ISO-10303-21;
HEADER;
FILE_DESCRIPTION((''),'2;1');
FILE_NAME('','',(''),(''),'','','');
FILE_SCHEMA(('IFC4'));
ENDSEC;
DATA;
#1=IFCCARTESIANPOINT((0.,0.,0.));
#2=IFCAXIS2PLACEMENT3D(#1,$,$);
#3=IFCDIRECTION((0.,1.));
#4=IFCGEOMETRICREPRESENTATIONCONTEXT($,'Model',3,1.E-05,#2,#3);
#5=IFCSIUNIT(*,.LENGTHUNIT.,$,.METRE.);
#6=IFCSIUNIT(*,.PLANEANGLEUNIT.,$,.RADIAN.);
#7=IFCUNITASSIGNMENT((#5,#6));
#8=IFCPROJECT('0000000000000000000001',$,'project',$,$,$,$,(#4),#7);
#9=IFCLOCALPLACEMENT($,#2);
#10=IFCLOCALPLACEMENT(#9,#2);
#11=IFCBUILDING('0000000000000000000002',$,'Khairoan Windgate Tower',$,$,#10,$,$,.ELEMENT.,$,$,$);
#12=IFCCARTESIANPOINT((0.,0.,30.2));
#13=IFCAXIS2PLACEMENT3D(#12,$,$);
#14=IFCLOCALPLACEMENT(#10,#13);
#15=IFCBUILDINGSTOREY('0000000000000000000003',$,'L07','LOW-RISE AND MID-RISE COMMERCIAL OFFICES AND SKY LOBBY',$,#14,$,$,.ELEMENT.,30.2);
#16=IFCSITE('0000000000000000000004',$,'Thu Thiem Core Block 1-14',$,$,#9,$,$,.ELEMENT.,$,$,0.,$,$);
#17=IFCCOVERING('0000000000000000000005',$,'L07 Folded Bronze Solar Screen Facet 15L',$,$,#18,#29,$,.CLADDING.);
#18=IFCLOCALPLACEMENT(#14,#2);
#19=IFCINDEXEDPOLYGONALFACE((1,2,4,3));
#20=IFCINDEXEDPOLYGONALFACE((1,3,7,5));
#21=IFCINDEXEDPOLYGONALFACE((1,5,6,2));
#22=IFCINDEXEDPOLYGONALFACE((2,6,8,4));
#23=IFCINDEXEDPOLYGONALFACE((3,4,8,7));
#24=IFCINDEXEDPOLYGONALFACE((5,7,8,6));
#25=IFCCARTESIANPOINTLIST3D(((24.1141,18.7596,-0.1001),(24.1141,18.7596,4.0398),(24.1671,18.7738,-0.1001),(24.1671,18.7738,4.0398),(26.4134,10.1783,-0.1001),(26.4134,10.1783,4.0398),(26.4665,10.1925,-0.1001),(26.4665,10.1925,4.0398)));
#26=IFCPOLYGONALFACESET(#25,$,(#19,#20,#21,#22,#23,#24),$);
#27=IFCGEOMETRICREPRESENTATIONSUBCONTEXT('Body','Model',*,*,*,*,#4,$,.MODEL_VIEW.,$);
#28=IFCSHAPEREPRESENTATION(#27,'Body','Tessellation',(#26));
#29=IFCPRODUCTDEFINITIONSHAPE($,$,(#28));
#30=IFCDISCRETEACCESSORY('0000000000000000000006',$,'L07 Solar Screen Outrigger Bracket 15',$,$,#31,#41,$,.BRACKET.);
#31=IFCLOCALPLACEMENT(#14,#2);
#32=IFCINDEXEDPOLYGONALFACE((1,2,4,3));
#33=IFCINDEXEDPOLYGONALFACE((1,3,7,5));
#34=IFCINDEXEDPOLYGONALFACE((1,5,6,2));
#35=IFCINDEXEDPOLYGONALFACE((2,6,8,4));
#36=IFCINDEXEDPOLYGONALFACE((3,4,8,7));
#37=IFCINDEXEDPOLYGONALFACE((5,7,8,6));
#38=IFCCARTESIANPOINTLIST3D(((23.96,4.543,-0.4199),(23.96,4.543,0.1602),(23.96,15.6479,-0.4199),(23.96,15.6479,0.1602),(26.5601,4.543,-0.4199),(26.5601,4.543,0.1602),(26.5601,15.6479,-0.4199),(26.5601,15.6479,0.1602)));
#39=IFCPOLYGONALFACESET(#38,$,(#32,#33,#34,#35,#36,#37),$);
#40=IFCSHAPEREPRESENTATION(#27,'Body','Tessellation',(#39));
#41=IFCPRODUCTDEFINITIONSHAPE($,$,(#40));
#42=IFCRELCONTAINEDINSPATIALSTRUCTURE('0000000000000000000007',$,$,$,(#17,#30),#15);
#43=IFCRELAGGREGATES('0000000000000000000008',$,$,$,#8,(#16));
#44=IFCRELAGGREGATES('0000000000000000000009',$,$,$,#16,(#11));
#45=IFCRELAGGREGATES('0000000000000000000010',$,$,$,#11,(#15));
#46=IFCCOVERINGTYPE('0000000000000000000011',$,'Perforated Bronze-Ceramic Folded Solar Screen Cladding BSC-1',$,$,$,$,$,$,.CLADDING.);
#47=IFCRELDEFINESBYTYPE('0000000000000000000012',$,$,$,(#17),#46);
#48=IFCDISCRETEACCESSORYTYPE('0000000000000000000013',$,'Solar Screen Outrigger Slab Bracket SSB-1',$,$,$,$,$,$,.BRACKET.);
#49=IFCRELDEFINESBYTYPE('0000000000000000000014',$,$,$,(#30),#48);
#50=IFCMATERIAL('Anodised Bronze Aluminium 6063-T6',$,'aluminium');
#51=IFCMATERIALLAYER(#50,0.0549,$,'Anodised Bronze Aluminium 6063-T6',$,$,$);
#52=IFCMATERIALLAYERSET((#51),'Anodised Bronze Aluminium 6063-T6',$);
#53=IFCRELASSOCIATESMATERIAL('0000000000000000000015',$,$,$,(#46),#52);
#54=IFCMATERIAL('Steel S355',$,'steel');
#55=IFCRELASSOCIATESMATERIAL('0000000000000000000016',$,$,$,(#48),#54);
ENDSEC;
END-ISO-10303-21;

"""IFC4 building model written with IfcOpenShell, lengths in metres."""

from ifc_helpers import new_model, si_unit, direction, frame, origin, origin_2d, place, context, subcontext, project, spatial, rectangle, extrude, material, layer, layer_set, type_object, element, save


model = new_model("IFC4")

# Units and contexts
model_context = context("Model", 3, precision=1e-05, world=origin(), true_north=direction((0.0, 1.0)))
body_context = subcontext(model_context, "Body", "Model", "MODEL_VIEW")
ifc_project = project(units=[si_unit("LENGTHUNIT", "METRE"), si_unit("PLANEANGLEUNIT", "RADIAN")], contexts=[model_context])

# Site, building, storey
site_placement = place(None, origin())
site = spatial("IfcSite", under=ifc_project, at=site_placement, Name="Thu Thiem Core Block 1-14", CompositionType="ELEMENT", RefElevation=0.0)
building_placement = place(site_placement, origin())
building = spatial("IfcBuilding", under=site, at=building_placement, Name="Khairoan Windgate Tower", CompositionType="ELEMENT")
storey_placement = place(building_placement, frame((0.0, 0.0, 30.2)))
storey = spatial("IfcBuildingStorey", under=building, at=storey_placement, Name="L07", Description="LOW-RISE AND MID-RISE COMMERCIAL OFFICES AND SKY LOBBY", CompositionType="ELEMENT", Elevation=30.2)

# Covering
ifc_material_1 = material(Name="Anodised Bronze Aluminium 6063-T6", Category="aluminium")
ifc_layer_1 = layer(ifc_material_1, 0.0549, Name="Anodised Bronze Aluminium 6063-T6")
ifc_layer_set_1 = layer_set([ifc_layer_1], Name="Anodised Bronze Aluminium 6063-T6")
covering_type = type_object("IfcCoveringType", Name="Perforated Bronze-Ceramic Folded Solar Screen Cladding BSC-1", PredefinedType="CLADDING", material=ifc_layer_set_1)
covering_placement = place(storey_placement, frame((25.2903, 14.4761, -0.1001), z_axis=(0.0, 0.0, 1.0), x_axis=(0.258819, -0.965926, 0.0)))
element("IfcCovering", 1, at=covering_placement, inside=storey, type_object=covering_type, Name="L07 Folded Bronze Solar Screen Facet 15L", PredefinedType="CLADDING", context=body_context, shape_type="SweptSolid", body=[
    extrude(rectangle(XDim=8.884, YDim=0.0549, at=origin_2d()), origin(), (0.0, 0.0, 1.0), 4.1399),
])

# Discrete accessory
ifc_material_2 = material(Name="Steel S355", Category="steel")
discrete_accessory_type = type_object("IfcDiscreteAccessoryType", Name="Solar Screen Outrigger Slab Bracket SSB-1", PredefinedType="BRACKET", material=ifc_material_2)
discrete_accessory_placement = place(storey_placement, frame((25.26, 10.0955, -0.4199), z_axis=(0.0, 0.0, 1.0), x_axis=(0.0, -1.0, 0.0)))
element("IfcDiscreteAccessory", 2, at=discrete_accessory_placement, inside=storey, type_object=discrete_accessory_type, Name="L07 Solar Screen Outrigger Bracket 15", PredefinedType="BRACKET", context=body_context, shape_type="SweptSolid", body=[
    extrude(rectangle(XDim=11.105, YDim=2.6001, at=origin_2d()), origin(), (0.0, 0.0, 1.0), 0.5801),
])

save(model, "model.ifc")
